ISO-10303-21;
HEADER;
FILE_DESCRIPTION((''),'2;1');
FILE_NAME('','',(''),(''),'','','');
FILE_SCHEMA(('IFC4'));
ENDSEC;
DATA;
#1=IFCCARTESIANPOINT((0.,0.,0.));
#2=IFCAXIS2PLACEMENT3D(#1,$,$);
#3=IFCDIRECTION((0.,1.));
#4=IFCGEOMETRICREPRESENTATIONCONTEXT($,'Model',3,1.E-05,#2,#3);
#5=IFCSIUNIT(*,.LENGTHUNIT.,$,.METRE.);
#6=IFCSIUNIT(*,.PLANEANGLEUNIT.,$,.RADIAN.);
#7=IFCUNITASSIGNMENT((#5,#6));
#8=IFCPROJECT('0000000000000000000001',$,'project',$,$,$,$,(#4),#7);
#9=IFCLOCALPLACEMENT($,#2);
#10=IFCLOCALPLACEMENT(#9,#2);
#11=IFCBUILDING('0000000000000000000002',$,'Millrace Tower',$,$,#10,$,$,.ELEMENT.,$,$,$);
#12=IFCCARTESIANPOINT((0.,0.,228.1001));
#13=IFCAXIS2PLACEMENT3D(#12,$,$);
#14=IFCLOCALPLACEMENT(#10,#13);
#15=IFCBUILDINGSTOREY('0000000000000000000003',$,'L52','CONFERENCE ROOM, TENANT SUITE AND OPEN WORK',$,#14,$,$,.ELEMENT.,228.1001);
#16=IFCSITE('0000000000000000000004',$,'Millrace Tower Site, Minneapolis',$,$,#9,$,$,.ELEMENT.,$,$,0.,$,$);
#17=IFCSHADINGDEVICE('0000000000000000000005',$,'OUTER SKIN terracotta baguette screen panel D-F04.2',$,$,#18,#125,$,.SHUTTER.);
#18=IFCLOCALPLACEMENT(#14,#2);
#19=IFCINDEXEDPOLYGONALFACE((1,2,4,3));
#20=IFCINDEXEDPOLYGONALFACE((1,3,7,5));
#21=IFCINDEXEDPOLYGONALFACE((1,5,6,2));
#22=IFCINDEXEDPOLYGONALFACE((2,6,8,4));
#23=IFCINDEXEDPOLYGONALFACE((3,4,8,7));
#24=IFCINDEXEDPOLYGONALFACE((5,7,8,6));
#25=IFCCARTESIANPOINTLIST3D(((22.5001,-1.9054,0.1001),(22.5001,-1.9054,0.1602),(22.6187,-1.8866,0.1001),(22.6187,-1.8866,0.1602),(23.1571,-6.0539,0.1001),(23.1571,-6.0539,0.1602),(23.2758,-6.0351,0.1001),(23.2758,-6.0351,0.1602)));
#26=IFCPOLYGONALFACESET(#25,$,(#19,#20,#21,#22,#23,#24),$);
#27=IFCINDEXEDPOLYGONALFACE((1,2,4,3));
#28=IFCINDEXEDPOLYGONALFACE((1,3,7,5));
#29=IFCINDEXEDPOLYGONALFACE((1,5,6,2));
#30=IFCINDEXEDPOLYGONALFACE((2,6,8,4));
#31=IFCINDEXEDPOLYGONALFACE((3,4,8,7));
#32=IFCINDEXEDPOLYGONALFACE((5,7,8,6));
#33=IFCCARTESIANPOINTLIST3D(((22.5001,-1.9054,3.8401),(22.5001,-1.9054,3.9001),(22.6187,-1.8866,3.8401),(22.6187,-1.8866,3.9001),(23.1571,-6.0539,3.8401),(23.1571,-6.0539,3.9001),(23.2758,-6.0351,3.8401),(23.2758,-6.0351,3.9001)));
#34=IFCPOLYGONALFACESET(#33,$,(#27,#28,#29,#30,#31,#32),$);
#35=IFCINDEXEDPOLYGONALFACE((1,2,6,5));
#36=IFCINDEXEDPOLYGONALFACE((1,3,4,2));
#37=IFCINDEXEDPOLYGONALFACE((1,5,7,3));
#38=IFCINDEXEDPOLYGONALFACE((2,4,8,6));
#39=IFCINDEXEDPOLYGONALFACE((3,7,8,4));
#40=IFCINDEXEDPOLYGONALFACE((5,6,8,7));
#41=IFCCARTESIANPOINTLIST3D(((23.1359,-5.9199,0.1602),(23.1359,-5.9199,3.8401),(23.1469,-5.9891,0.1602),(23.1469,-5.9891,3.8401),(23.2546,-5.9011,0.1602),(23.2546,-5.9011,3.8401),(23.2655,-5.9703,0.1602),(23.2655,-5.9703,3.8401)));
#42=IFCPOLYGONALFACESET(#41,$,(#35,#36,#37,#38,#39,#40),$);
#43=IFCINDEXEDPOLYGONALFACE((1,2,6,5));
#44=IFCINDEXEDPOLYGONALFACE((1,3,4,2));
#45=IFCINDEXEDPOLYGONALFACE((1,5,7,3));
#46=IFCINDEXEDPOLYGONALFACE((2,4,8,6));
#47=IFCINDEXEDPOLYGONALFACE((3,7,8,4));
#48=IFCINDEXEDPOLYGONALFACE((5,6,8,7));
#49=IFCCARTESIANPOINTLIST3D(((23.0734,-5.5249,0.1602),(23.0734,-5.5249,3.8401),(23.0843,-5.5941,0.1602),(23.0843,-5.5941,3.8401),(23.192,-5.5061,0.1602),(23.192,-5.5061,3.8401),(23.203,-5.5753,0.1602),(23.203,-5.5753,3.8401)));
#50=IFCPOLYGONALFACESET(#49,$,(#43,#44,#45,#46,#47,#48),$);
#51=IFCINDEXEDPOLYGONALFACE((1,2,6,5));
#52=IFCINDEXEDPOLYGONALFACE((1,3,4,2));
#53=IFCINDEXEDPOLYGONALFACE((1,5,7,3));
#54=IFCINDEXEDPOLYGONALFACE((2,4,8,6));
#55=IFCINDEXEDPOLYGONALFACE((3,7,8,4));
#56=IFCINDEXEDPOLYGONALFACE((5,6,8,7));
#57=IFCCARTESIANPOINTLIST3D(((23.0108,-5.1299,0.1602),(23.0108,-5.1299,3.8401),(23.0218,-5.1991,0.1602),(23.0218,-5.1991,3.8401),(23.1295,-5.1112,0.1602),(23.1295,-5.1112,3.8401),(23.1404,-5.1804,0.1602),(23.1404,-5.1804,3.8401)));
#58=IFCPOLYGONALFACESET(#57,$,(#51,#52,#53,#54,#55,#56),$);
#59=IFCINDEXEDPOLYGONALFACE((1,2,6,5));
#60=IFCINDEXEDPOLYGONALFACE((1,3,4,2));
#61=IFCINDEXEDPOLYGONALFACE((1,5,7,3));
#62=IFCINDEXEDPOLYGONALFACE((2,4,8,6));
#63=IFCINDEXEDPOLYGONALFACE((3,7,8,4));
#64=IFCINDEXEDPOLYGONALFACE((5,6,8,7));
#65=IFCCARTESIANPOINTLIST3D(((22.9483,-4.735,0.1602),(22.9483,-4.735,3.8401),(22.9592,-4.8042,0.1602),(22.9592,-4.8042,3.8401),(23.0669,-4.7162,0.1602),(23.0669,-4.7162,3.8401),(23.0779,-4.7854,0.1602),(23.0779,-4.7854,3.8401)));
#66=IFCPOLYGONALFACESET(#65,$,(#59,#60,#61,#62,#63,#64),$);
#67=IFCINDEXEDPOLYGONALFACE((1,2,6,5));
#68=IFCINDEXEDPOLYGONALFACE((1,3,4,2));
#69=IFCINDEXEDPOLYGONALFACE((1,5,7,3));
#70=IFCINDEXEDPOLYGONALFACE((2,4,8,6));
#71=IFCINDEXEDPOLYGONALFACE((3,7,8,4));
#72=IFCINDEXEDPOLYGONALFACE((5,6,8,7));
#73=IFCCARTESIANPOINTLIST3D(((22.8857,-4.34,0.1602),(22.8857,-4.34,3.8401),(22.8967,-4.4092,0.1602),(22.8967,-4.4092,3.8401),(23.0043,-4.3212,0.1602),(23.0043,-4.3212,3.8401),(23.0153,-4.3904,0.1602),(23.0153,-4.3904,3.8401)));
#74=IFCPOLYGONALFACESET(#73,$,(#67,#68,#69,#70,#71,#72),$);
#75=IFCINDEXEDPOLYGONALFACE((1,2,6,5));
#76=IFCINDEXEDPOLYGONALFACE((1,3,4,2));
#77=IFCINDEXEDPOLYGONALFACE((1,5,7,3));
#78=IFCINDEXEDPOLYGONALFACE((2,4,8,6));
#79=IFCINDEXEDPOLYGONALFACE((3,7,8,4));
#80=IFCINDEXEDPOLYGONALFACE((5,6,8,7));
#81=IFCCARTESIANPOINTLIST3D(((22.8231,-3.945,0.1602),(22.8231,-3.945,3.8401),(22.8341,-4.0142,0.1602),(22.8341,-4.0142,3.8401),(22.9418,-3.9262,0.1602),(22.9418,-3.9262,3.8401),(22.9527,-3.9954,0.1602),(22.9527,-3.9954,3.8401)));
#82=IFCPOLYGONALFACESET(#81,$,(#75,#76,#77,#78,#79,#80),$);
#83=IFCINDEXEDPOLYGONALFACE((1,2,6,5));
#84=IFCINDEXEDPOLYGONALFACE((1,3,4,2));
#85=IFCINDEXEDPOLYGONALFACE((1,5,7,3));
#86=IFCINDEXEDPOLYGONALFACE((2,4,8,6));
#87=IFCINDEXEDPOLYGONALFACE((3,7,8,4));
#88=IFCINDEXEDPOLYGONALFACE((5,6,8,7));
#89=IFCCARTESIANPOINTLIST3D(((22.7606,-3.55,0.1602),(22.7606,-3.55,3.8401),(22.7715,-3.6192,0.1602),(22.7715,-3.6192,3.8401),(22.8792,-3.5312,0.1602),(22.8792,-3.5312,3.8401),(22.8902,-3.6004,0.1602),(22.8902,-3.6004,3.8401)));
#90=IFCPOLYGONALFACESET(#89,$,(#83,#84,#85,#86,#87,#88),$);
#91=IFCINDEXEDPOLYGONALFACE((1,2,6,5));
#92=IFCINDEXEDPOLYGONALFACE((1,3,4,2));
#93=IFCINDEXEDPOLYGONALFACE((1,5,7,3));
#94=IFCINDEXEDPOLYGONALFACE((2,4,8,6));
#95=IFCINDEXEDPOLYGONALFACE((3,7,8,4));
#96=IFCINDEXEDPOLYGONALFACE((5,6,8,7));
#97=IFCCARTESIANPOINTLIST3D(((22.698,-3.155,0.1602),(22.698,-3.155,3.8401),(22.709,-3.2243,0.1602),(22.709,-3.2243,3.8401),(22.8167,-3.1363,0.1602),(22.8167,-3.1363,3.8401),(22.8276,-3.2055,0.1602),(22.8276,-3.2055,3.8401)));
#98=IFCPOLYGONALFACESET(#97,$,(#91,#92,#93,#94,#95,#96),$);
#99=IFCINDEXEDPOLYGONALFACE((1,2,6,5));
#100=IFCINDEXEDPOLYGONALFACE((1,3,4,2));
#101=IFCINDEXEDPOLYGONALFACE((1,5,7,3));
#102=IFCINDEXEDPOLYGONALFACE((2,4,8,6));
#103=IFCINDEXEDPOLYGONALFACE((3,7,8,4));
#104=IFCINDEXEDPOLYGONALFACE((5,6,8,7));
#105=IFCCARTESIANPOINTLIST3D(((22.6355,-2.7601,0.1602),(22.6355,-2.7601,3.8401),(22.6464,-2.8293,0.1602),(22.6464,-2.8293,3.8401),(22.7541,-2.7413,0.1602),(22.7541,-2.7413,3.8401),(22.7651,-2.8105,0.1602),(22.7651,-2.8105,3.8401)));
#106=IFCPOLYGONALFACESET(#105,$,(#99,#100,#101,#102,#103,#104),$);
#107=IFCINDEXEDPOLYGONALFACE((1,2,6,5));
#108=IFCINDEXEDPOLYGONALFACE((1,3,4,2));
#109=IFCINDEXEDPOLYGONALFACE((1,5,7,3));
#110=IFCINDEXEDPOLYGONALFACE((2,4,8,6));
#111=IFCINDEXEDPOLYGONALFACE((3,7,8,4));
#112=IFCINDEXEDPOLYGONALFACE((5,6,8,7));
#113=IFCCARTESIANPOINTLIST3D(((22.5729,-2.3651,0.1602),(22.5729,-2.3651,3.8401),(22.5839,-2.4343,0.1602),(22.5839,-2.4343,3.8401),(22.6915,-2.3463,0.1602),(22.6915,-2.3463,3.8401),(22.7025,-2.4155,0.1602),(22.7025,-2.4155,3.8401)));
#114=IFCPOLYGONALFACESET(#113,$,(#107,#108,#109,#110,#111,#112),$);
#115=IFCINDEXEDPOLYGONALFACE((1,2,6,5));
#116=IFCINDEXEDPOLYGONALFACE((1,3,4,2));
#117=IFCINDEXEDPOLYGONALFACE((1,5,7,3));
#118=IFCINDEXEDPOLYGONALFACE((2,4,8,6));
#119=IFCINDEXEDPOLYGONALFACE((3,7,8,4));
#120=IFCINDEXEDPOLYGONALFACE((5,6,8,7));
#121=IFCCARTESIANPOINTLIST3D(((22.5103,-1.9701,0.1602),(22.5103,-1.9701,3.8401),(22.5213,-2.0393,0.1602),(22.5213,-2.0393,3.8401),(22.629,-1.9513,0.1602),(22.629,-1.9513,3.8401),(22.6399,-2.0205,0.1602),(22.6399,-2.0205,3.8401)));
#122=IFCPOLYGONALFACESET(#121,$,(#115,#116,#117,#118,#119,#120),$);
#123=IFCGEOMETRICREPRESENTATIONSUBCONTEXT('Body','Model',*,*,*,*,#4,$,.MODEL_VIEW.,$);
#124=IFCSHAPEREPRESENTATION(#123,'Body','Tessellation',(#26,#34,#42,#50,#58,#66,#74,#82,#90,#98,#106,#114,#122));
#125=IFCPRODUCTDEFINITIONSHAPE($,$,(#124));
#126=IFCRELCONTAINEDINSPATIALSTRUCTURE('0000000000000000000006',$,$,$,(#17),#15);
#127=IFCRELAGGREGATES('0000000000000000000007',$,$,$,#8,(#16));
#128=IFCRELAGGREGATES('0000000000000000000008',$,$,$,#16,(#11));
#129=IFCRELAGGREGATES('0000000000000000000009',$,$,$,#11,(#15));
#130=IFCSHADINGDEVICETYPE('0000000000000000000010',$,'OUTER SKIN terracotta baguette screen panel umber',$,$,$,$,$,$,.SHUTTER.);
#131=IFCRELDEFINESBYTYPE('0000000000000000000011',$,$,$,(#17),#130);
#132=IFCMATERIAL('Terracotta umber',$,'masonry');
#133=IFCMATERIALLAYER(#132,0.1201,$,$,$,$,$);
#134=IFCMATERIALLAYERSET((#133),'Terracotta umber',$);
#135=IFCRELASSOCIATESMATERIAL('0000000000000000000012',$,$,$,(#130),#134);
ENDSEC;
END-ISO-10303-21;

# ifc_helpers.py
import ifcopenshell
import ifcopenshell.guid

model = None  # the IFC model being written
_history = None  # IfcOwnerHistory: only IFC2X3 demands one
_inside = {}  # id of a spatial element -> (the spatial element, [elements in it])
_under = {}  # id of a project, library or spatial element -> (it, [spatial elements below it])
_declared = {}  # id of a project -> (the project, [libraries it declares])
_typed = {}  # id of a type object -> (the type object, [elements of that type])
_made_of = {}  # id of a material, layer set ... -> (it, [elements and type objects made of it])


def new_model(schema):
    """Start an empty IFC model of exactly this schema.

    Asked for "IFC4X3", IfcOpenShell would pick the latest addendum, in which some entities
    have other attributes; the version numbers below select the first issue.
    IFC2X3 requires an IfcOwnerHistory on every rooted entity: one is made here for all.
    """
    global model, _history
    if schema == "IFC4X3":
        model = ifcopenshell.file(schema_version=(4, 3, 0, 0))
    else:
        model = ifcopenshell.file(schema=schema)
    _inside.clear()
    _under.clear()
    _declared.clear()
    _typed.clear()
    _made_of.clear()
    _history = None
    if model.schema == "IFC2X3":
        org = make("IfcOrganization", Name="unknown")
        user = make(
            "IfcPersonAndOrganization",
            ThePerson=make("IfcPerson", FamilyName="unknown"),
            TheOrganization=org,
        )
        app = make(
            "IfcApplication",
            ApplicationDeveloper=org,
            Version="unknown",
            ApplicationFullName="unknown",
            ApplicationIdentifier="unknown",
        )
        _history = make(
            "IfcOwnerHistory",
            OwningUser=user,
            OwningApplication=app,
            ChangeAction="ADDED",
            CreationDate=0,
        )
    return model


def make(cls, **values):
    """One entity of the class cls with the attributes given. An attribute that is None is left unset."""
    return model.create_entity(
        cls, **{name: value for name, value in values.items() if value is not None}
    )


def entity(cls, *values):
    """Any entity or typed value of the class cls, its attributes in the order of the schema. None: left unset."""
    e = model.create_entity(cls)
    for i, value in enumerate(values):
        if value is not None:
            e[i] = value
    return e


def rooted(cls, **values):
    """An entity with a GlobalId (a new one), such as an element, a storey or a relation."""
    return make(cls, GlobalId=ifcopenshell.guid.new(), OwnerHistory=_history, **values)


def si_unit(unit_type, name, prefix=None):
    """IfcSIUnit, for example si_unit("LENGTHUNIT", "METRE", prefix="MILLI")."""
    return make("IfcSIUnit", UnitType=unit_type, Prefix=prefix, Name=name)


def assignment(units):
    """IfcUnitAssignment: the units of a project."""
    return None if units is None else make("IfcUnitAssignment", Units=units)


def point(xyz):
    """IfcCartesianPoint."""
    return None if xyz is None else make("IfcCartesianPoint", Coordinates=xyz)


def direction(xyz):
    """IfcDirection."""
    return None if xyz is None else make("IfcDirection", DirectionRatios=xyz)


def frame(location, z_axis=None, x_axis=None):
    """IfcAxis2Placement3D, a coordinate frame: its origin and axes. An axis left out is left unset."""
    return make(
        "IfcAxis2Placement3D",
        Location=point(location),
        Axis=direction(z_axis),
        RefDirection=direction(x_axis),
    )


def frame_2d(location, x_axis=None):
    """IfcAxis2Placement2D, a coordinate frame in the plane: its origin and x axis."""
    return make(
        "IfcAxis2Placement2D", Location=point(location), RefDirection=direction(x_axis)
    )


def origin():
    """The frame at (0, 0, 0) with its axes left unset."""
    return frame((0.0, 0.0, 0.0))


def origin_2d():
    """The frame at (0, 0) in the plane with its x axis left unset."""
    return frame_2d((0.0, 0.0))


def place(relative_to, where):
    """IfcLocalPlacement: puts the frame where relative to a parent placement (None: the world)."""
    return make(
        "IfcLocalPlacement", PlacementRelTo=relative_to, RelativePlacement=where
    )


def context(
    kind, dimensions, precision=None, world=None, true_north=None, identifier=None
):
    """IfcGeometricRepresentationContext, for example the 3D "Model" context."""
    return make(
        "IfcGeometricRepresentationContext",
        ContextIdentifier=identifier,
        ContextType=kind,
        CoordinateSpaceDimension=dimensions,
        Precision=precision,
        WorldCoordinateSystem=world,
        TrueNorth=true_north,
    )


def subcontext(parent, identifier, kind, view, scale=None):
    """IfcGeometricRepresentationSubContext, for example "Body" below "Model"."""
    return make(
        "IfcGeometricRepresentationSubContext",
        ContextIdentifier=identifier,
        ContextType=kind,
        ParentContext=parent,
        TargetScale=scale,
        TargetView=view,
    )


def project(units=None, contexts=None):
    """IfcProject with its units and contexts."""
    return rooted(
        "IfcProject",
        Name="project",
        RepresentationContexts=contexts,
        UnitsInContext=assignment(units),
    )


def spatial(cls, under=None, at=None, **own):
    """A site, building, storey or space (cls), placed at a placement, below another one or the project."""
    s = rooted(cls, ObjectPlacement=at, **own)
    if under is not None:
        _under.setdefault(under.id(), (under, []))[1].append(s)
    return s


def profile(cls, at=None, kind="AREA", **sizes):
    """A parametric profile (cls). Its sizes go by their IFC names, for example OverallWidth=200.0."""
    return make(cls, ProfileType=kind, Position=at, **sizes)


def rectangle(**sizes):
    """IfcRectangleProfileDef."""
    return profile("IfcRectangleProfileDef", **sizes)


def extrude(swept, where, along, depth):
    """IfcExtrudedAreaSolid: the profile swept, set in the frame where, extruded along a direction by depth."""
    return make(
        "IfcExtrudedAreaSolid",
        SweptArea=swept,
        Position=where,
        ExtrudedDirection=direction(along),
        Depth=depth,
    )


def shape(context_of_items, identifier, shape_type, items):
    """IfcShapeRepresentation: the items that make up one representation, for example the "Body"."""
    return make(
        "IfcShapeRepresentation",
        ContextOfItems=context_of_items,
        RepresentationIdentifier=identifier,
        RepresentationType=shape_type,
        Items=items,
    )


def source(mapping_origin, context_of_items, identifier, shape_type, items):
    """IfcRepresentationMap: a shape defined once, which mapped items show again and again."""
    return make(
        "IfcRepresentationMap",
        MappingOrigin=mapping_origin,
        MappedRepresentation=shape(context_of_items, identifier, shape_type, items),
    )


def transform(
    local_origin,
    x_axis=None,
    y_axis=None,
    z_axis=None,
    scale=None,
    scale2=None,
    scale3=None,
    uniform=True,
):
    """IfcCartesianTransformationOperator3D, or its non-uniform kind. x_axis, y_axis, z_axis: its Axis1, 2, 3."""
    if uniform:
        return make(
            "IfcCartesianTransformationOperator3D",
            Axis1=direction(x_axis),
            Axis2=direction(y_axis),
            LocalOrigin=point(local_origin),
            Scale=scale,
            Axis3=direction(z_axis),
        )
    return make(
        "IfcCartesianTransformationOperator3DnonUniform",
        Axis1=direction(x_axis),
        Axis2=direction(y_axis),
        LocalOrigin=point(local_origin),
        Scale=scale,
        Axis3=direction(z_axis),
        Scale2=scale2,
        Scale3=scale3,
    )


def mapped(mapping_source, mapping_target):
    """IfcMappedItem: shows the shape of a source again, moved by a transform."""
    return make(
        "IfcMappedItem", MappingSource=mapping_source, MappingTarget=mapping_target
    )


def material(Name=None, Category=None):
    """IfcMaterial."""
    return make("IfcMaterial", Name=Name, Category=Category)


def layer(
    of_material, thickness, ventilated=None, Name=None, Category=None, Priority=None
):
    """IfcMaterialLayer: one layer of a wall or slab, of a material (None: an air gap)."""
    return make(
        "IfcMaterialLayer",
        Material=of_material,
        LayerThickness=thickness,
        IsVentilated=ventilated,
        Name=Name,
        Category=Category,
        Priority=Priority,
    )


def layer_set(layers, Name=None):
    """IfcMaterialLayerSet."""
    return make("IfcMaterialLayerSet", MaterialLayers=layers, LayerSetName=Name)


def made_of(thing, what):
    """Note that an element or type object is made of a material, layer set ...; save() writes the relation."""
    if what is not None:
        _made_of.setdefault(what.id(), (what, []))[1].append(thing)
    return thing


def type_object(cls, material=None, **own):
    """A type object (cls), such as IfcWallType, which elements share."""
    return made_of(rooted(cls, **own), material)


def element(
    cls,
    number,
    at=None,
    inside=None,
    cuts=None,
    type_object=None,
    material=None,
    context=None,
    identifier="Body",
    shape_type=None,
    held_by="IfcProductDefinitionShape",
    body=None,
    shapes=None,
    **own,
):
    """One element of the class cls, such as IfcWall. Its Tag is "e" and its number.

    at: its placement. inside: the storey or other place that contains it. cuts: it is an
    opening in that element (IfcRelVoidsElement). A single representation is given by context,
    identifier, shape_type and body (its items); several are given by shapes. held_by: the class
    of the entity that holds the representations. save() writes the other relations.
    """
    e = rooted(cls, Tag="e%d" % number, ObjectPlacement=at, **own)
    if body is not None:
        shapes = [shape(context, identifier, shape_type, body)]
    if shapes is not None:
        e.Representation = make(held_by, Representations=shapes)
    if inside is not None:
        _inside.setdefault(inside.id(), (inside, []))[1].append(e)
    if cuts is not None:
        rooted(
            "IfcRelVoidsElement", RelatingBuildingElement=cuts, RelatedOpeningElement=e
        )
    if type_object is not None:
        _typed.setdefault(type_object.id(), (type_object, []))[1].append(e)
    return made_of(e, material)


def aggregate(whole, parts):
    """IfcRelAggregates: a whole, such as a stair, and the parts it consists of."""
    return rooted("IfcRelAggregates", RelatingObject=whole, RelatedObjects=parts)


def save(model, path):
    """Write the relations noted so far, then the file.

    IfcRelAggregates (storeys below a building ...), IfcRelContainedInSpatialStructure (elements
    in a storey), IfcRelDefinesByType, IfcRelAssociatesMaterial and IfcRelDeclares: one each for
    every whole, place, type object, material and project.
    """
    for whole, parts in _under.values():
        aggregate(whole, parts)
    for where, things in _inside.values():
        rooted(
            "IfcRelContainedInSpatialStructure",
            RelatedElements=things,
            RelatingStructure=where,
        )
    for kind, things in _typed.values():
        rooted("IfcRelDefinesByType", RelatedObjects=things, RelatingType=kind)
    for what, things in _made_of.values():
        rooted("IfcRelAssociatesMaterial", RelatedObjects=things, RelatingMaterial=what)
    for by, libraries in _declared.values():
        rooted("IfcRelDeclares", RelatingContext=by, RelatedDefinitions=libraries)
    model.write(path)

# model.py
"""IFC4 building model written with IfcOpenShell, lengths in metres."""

from ifc_helpers import new_model, entity, si_unit, direction, frame, frame_2d, origin, origin_2d, place, context, subcontext, project, spatial, rectangle, extrude, source, transform, mapped, material, layer, layer_set, type_object, element, save


model = new_model("IFC4")

# Units and contexts
model_context = context("Model", 3, precision=1e-05, world=origin(), true_north=direction((0.0, 1.0)))
body_context = subcontext(model_context, "Body", "Model", "MODEL_VIEW")
ifc_project = project(units=[si_unit("LENGTHUNIT", "METRE"), si_unit("PLANEANGLEUNIT", "RADIAN")], contexts=[model_context])

# Site, building, storey
site_placement = place(None, origin())
site = spatial("IfcSite", under=ifc_project, at=site_placement, Name="Millrace Tower Site, Minneapolis", CompositionType="ELEMENT", RefElevation=0.0)
building_placement = place(site_placement, origin())
building = spatial("IfcBuilding", under=site, at=building_placement, Name="Millrace Tower", CompositionType="ELEMENT")
storey_placement = place(building_placement, frame((0.0, 0.0, 228.1001)))
storey = spatial("IfcBuildingStorey", under=building, at=storey_placement, Name="L52", Description="CONFERENCE ROOM, TENANT SUITE AND OPEN WORK", CompositionType="ELEMENT", Elevation=228.1001)

# Shading device
ifc_material_1 = material(Name="Terracotta umber", Category="masonry")
ifc_layer_1 = layer(ifc_material_1, 0.1201)
ifc_layer_set_1 = layer_set([ifc_layer_1], Name="Terracotta umber")
shading_device_type = type_object("IfcShadingDeviceType", Name="OUTER SKIN terracotta baguette screen panel umber", PredefinedType="SHUTTER", material=ifc_layer_set_1)
cartesian_point_1 = entity("IfcCartesianPoint", [-2.1001, 0.0601])
shared_polyline_1 = entity("IfcPolyline", [cartesian_point_1, entity("IfcCartesianPoint", [2.1001, 0.0601]), entity("IfcCartesianPoint", [2.1001, -0.0601]), entity("IfcCartesianPoint", [-2.1001, -0.0601]), cartesian_point_1])
shared_shape_1 = source(origin(), body_context, "Body", "SweptSolid", [
    entity("IfcExtrudedAreaSolid", entity("IfcArbitraryClosedProfileDef", "AREA", None, shared_polyline_1), entity("IfcAxis2Placement3D", entity("IfcCartesianPoint", [0.0, 0.0, 0.0])), entity("IfcDirection", [0.0, 0.0, 1.0]), 0.0601),
    entity("IfcExtrudedAreaSolid", entity("IfcArbitraryClosedProfileDef", "AREA", None, shared_polyline_1), entity("IfcAxis2Placement3D", entity("IfcCartesianPoint", [0.0, 0.0, 3.74])), entity("IfcDirection", [0.0, 0.0, 1.0]), 0.0601),
    extrude(rectangle(XDim=0.0701, YDim=0.1201, at=frame_2d((-1.9995, 0.0))), frame((0.0, 0.0, 0.0601)), (0.0, 0.0, 1.0), 3.6799),
    extrude(rectangle(XDim=0.0701, YDim=0.1201, at=frame_2d((-1.5996, 0.0))), frame((0.0, 0.0, 0.0601)), (0.0, 0.0, 1.0), 3.6799),
    extrude(rectangle(XDim=0.0701, YDim=0.1201, at=frame_2d((-1.1997, 0.0))), frame((0.0, 0.0, 0.0601)), (0.0, 0.0, 1.0), 3.6799),
    extrude(rectangle(XDim=0.0701, YDim=0.1201, at=frame_2d((-0.7998, 0.0))), frame((0.0, 0.0, 0.0601)), (0.0, 0.0, 1.0), 3.6799),
    extrude(rectangle(XDim=0.0701, YDim=0.1201, at=frame_2d((-0.3999, 0.0))), frame((0.0, 0.0, 0.0601)), (0.0, 0.0, 1.0), 3.6799),
    extrude(rectangle(XDim=0.0701, YDim=0.1201, at=origin_2d()), frame((0.0, 0.0, 0.0601)), (0.0, 0.0, 1.0), 3.6799),
    extrude(rectangle(XDim=0.0701, YDim=0.1201, at=frame_2d((0.3999, 0.0))), frame((0.0, 0.0, 0.0601)), (0.0, 0.0, 1.0), 3.6799),
    extrude(rectangle(XDim=0.0701, YDim=0.1201, at=frame_2d((0.7998, 0.0))), frame((0.0, 0.0, 0.0601)), (0.0, 0.0, 1.0), 3.6799),
    extrude(rectangle(XDim=0.0701, YDim=0.1201, at=frame_2d((1.1997, 0.0))), frame((0.0, 0.0, 0.0601)), (0.0, 0.0, 1.0), 3.6799),
    extrude(rectangle(XDim=0.0701, YDim=0.1201, at=frame_2d((1.5996, 0.0))), frame((0.0, 0.0, 0.0601)), (0.0, 0.0, 1.0), 3.6799),
    extrude(rectangle(XDim=0.0701, YDim=0.1201, at=frame_2d((1.9995, 0.0))), frame((0.0, 0.0, 0.0601)), (0.0, 0.0, 1.0), 3.6799),
])
shading_device_1_placement = place(storey_placement, frame((22.8879, -3.9702, 0.1001), z_axis=(0.0, 0.0, 1.0), x_axis=(-0.156434, 0.987688, 0.0)))
element("IfcShadingDevice", 1, at=shading_device_1_placement, inside=storey, type_object=shading_device_type, Name="OUTER SKIN terracotta baguette screen panel D-F04.2", PredefinedType="SHUTTER", context=body_context, shape_type="MappedRepresentation", body=[
    mapped(shared_shape_1, transform((0.0, 0.0, 0.0), scale=1.0)),
])

save(model, "model.ifc")
